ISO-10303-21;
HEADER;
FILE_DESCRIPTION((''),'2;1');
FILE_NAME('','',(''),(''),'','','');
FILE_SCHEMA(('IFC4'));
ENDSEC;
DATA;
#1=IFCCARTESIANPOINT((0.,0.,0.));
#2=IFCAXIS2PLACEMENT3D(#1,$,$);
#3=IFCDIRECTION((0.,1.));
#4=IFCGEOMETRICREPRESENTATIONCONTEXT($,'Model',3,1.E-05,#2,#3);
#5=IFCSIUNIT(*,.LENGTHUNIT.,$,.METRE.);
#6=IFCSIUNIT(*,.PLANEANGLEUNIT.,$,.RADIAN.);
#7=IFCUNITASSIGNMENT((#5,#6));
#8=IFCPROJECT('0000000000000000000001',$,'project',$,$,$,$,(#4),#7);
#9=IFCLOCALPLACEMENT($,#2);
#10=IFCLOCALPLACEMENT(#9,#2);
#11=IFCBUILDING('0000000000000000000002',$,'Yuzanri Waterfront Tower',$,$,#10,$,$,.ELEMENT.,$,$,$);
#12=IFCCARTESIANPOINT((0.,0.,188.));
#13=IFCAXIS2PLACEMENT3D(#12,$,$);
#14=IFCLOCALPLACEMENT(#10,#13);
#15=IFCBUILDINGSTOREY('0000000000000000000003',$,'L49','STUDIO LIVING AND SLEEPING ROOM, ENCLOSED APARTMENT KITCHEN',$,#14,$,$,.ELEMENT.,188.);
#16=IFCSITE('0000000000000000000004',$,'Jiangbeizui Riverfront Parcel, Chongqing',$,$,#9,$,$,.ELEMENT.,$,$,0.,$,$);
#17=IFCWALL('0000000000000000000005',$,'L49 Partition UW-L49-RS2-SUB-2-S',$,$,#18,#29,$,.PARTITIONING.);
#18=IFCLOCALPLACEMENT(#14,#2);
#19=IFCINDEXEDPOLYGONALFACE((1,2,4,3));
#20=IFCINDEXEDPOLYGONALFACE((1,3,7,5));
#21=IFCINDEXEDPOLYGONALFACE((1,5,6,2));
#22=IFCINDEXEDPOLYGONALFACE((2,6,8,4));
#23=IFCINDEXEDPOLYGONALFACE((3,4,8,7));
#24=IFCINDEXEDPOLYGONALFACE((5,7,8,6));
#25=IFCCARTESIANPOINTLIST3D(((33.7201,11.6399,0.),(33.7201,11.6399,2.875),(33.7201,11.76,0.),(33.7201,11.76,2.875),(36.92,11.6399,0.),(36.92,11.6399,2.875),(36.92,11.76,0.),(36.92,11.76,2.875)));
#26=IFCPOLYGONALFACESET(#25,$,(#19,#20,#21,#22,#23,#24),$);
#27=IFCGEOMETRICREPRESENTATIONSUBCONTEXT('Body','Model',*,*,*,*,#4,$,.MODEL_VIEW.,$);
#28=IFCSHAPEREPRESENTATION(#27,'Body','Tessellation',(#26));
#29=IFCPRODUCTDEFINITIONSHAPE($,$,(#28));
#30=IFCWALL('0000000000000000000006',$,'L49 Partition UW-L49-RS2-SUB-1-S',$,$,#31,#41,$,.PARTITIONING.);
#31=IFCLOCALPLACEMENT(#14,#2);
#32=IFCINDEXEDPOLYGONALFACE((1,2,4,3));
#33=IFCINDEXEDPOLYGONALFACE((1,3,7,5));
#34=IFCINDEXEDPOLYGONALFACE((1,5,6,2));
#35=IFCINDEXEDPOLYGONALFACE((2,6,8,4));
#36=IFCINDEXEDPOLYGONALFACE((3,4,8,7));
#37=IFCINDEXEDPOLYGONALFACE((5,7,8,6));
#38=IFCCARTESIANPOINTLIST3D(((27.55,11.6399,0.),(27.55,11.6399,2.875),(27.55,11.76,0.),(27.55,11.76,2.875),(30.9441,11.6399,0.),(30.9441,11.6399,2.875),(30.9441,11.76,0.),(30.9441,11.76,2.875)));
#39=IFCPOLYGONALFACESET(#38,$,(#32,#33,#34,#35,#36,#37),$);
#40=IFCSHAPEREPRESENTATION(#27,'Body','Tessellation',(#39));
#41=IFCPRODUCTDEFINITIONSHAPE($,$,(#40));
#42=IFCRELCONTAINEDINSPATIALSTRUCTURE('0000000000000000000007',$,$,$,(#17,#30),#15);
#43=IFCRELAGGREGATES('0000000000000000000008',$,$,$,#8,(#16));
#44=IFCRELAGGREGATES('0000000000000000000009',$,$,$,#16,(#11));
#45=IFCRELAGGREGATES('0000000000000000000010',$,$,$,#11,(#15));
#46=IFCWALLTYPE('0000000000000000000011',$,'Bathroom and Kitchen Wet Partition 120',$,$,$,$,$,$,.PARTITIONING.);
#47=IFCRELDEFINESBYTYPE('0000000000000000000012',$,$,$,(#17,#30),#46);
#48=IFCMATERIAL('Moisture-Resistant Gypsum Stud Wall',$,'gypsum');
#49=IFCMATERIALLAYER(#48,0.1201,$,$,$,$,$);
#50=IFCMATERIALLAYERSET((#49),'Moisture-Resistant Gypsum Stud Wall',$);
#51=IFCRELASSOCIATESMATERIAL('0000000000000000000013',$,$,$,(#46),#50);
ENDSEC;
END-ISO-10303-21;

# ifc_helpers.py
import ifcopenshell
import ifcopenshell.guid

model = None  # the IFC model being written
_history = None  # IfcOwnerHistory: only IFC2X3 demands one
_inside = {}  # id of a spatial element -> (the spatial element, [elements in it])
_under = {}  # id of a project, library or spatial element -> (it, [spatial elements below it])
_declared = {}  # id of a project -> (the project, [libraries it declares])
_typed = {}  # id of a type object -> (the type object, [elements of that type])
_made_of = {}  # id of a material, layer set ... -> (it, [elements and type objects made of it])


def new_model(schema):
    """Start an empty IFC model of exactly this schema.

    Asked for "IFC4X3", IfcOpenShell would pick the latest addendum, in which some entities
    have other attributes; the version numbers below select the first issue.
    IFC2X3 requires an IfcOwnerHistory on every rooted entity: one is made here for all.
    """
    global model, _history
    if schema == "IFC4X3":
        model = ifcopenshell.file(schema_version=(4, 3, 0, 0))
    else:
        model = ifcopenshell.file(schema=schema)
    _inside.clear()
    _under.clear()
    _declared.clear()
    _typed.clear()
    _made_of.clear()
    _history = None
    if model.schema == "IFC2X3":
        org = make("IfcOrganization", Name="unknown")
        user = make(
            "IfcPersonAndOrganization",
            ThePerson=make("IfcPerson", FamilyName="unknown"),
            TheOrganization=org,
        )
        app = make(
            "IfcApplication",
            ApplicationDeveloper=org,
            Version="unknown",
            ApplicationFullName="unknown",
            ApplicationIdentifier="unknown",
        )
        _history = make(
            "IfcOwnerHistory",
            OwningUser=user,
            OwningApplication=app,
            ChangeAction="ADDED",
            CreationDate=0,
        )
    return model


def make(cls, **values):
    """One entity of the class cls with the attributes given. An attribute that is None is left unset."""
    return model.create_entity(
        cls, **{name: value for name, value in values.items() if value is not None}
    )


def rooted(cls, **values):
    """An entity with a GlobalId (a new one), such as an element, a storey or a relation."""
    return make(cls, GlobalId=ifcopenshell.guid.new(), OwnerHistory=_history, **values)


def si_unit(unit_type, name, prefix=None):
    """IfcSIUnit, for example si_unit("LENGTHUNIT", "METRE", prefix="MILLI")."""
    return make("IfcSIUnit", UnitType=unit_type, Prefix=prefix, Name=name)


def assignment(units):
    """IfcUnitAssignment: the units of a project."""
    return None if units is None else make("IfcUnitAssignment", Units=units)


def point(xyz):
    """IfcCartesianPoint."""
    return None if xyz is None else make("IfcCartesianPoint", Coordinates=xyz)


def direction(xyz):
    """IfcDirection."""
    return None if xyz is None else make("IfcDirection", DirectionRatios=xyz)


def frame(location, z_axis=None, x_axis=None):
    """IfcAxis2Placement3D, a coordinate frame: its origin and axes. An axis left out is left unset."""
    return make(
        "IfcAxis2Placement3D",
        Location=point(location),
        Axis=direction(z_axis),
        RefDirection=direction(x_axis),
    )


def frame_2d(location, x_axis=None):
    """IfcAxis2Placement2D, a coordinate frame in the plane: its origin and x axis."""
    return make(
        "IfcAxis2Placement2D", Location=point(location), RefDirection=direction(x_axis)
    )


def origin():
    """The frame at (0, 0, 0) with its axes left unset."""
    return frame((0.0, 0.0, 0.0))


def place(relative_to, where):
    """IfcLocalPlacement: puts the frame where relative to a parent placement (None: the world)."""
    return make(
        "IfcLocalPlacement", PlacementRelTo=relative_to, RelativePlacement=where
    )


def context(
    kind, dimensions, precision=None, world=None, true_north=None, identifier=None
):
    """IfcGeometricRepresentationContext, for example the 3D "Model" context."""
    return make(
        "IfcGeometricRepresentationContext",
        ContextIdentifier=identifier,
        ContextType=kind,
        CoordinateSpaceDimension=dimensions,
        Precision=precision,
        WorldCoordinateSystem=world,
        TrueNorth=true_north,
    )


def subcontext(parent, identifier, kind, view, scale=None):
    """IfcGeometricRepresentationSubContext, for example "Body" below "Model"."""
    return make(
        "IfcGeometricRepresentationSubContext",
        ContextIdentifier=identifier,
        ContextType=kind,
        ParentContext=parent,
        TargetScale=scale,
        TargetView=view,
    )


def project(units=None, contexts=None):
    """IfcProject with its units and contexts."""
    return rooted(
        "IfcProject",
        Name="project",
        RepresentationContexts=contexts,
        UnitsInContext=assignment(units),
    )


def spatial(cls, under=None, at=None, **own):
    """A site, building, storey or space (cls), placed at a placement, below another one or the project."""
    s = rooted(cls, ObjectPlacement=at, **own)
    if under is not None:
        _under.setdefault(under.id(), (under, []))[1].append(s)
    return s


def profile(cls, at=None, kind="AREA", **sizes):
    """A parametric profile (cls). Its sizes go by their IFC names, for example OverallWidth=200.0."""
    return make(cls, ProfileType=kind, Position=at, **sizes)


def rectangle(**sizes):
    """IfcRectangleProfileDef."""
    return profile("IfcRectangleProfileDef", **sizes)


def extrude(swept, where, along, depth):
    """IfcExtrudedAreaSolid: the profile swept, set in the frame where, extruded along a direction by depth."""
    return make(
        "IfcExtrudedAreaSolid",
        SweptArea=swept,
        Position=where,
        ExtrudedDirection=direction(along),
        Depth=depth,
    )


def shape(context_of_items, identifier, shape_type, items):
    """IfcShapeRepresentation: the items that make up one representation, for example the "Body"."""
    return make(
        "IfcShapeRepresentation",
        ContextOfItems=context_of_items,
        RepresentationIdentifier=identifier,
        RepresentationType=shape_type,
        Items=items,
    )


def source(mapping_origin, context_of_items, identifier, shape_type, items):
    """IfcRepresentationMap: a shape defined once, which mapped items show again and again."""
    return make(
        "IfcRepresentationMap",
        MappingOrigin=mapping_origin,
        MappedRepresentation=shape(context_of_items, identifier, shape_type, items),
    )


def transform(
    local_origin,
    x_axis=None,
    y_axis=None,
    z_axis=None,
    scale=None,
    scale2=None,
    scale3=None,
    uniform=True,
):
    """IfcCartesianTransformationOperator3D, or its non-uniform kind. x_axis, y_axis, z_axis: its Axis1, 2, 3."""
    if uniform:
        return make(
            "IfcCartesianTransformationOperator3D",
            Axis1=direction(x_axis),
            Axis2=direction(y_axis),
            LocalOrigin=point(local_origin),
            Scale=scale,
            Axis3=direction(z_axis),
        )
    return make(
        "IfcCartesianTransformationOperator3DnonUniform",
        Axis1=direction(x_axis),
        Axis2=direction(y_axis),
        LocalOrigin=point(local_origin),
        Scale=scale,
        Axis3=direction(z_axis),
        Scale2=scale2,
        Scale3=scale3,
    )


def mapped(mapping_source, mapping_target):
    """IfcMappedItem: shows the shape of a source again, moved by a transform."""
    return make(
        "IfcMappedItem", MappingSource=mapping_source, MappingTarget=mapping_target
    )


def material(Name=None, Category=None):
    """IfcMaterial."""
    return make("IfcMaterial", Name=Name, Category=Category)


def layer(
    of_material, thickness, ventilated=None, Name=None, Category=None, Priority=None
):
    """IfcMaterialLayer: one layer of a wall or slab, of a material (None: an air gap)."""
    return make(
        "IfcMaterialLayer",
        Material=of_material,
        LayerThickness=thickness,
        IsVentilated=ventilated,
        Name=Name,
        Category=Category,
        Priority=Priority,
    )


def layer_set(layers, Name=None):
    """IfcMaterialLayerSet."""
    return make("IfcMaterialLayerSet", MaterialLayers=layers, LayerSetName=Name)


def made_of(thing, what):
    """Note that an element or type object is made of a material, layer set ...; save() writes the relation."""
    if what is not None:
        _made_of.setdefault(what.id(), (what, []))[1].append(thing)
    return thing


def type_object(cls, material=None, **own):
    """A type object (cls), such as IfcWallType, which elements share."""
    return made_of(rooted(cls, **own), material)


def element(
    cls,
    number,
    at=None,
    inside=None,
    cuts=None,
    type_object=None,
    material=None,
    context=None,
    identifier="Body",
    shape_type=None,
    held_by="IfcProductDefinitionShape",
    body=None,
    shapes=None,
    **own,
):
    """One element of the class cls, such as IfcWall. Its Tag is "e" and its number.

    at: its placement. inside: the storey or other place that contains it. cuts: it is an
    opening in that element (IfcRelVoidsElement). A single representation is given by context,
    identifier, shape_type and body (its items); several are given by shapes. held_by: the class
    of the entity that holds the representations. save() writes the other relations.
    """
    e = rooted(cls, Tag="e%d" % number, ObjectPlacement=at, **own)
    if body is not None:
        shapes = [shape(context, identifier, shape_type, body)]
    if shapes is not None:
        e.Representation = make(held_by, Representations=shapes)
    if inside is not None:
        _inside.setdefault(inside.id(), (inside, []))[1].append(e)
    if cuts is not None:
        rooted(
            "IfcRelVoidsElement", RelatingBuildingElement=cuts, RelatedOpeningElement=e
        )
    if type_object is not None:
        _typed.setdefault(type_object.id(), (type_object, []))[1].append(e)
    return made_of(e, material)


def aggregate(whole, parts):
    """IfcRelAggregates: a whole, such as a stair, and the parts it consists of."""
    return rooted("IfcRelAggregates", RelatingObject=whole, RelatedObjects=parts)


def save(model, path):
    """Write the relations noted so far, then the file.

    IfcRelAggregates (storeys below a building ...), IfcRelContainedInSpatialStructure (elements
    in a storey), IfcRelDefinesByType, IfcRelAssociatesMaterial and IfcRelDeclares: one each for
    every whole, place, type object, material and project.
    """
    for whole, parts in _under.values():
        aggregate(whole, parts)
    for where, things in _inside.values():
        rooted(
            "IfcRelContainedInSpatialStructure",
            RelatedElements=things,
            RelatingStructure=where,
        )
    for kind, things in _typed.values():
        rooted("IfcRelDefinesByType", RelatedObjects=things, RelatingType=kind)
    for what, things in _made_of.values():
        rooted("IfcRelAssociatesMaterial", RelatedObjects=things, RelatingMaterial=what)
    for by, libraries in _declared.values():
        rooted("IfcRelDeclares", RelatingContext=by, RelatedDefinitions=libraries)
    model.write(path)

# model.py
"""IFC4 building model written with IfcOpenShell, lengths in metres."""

from ifc_helpers import new_model, si_unit, direction, frame, frame_2d, origin, place, context, subcontext, project, spatial, rectangle, extrude, source, transform, mapped, material, layer, layer_set, type_object, element, save


model = new_model("IFC4")

# Units and contexts
model_context = context("Model", 3, precision=1e-05, world=origin(), true_north=direction((0.0, 1.0)))
body_context = subcontext(model_context, "Body", "Model", "MODEL_VIEW")
ifc_project = project(units=[si_unit("LENGTHUNIT", "METRE"), si_unit("PLANEANGLEUNIT", "RADIAN")], contexts=[model_context])

# Site, building, storey
site_placement = place(None, origin())
site = spatial("IfcSite", under=ifc_project, at=site_placement, Name="Jiangbeizui Riverfront Parcel, Chongqing", CompositionType="ELEMENT", RefElevation=0.0)
building_placement = place(site_placement, origin())
building = spatial("IfcBuilding", under=site, at=building_placement, Name="Yuzanri Waterfront Tower", CompositionType="ELEMENT")
storey_placement = place(building_placement, frame((0.0, 0.0, 188.0)))
storey = spatial("IfcBuildingStorey", under=building, at=storey_placement, Name="L49", Description="STUDIO LIVING AND SLEEPING ROOM, ENCLOSED APARTMENT KITCHEN", CompositionType="ELEMENT", Elevation=188.0)

# Shared definitions
ifc_material_1 = material(Name="Moisture-Resistant Gypsum Stud Wall", Category="gypsum")
ifc_layer_1 = layer(ifc_material_1, 0.1201)
ifc_layer_set_1 = layer_set([ifc_layer_1], Name="Moisture-Resistant Gypsum Stud Wall")
wall_type_1 = type_object("IfcWallType", Name="Bathroom and Kitchen Wet Partition 120", PredefinedType="PARTITIONING", material=ifc_layer_set_1)

# Walls
shared_shape_1 = source(origin(), body_context, "Body", "SweptSolid", [
    extrude(rectangle(XDim=3.2, YDim=0.1201, at=frame_2d((1.6001, 0.0))), origin(), (0.0, 0.0, 1.0), 2.875),
])
for number, where, z_axis, x_axis, name in (
    (1, (33.72, 11.7, 0.0), (0.0, 0.0, 1.0), (1.0, 0.0, 0.0), "L49 Partition UW-L49-RS2-SUB-2-S"),
):
    element("IfcWall", number, at=place(storey_placement, frame(where, z_axis=z_axis, x_axis=x_axis)), inside=storey, type_object=wall_type_1, Name=name, PredefinedType="PARTITIONING", context=body_context, shape_type="MappedRepresentation", body=[
        mapped(shared_shape_1, transform((0.0, 0.0, 0.0), scale=1.0)),
    ])
shared_shape_2 = source(origin(), body_context, "Body", "SweptSolid", [
    extrude(rectangle(XDim=3.394, YDim=0.1201, at=frame_2d((1.697, 0.0))), origin(), (0.0, 0.0, 1.0), 2.875),
])
wall_1_placement = place(storey_placement, frame((27.55, 11.7, 0.0), z_axis=(0.0, 0.0, 1.0), x_axis=(1.0, 0.0, 0.0)))
element("IfcWall", 2, at=wall_1_placement, inside=storey, type_object=wall_type_1, Name="L49 Partition UW-L49-RS2-SUB-1-S", PredefinedType="PARTITIONING", context=body_context, shape_type="MappedRepresentation", body=[
    mapped(shared_shape_2, transform((0.0, 0.0, 0.0), scale=1.0)),
])

save(model, "model.ifc")
